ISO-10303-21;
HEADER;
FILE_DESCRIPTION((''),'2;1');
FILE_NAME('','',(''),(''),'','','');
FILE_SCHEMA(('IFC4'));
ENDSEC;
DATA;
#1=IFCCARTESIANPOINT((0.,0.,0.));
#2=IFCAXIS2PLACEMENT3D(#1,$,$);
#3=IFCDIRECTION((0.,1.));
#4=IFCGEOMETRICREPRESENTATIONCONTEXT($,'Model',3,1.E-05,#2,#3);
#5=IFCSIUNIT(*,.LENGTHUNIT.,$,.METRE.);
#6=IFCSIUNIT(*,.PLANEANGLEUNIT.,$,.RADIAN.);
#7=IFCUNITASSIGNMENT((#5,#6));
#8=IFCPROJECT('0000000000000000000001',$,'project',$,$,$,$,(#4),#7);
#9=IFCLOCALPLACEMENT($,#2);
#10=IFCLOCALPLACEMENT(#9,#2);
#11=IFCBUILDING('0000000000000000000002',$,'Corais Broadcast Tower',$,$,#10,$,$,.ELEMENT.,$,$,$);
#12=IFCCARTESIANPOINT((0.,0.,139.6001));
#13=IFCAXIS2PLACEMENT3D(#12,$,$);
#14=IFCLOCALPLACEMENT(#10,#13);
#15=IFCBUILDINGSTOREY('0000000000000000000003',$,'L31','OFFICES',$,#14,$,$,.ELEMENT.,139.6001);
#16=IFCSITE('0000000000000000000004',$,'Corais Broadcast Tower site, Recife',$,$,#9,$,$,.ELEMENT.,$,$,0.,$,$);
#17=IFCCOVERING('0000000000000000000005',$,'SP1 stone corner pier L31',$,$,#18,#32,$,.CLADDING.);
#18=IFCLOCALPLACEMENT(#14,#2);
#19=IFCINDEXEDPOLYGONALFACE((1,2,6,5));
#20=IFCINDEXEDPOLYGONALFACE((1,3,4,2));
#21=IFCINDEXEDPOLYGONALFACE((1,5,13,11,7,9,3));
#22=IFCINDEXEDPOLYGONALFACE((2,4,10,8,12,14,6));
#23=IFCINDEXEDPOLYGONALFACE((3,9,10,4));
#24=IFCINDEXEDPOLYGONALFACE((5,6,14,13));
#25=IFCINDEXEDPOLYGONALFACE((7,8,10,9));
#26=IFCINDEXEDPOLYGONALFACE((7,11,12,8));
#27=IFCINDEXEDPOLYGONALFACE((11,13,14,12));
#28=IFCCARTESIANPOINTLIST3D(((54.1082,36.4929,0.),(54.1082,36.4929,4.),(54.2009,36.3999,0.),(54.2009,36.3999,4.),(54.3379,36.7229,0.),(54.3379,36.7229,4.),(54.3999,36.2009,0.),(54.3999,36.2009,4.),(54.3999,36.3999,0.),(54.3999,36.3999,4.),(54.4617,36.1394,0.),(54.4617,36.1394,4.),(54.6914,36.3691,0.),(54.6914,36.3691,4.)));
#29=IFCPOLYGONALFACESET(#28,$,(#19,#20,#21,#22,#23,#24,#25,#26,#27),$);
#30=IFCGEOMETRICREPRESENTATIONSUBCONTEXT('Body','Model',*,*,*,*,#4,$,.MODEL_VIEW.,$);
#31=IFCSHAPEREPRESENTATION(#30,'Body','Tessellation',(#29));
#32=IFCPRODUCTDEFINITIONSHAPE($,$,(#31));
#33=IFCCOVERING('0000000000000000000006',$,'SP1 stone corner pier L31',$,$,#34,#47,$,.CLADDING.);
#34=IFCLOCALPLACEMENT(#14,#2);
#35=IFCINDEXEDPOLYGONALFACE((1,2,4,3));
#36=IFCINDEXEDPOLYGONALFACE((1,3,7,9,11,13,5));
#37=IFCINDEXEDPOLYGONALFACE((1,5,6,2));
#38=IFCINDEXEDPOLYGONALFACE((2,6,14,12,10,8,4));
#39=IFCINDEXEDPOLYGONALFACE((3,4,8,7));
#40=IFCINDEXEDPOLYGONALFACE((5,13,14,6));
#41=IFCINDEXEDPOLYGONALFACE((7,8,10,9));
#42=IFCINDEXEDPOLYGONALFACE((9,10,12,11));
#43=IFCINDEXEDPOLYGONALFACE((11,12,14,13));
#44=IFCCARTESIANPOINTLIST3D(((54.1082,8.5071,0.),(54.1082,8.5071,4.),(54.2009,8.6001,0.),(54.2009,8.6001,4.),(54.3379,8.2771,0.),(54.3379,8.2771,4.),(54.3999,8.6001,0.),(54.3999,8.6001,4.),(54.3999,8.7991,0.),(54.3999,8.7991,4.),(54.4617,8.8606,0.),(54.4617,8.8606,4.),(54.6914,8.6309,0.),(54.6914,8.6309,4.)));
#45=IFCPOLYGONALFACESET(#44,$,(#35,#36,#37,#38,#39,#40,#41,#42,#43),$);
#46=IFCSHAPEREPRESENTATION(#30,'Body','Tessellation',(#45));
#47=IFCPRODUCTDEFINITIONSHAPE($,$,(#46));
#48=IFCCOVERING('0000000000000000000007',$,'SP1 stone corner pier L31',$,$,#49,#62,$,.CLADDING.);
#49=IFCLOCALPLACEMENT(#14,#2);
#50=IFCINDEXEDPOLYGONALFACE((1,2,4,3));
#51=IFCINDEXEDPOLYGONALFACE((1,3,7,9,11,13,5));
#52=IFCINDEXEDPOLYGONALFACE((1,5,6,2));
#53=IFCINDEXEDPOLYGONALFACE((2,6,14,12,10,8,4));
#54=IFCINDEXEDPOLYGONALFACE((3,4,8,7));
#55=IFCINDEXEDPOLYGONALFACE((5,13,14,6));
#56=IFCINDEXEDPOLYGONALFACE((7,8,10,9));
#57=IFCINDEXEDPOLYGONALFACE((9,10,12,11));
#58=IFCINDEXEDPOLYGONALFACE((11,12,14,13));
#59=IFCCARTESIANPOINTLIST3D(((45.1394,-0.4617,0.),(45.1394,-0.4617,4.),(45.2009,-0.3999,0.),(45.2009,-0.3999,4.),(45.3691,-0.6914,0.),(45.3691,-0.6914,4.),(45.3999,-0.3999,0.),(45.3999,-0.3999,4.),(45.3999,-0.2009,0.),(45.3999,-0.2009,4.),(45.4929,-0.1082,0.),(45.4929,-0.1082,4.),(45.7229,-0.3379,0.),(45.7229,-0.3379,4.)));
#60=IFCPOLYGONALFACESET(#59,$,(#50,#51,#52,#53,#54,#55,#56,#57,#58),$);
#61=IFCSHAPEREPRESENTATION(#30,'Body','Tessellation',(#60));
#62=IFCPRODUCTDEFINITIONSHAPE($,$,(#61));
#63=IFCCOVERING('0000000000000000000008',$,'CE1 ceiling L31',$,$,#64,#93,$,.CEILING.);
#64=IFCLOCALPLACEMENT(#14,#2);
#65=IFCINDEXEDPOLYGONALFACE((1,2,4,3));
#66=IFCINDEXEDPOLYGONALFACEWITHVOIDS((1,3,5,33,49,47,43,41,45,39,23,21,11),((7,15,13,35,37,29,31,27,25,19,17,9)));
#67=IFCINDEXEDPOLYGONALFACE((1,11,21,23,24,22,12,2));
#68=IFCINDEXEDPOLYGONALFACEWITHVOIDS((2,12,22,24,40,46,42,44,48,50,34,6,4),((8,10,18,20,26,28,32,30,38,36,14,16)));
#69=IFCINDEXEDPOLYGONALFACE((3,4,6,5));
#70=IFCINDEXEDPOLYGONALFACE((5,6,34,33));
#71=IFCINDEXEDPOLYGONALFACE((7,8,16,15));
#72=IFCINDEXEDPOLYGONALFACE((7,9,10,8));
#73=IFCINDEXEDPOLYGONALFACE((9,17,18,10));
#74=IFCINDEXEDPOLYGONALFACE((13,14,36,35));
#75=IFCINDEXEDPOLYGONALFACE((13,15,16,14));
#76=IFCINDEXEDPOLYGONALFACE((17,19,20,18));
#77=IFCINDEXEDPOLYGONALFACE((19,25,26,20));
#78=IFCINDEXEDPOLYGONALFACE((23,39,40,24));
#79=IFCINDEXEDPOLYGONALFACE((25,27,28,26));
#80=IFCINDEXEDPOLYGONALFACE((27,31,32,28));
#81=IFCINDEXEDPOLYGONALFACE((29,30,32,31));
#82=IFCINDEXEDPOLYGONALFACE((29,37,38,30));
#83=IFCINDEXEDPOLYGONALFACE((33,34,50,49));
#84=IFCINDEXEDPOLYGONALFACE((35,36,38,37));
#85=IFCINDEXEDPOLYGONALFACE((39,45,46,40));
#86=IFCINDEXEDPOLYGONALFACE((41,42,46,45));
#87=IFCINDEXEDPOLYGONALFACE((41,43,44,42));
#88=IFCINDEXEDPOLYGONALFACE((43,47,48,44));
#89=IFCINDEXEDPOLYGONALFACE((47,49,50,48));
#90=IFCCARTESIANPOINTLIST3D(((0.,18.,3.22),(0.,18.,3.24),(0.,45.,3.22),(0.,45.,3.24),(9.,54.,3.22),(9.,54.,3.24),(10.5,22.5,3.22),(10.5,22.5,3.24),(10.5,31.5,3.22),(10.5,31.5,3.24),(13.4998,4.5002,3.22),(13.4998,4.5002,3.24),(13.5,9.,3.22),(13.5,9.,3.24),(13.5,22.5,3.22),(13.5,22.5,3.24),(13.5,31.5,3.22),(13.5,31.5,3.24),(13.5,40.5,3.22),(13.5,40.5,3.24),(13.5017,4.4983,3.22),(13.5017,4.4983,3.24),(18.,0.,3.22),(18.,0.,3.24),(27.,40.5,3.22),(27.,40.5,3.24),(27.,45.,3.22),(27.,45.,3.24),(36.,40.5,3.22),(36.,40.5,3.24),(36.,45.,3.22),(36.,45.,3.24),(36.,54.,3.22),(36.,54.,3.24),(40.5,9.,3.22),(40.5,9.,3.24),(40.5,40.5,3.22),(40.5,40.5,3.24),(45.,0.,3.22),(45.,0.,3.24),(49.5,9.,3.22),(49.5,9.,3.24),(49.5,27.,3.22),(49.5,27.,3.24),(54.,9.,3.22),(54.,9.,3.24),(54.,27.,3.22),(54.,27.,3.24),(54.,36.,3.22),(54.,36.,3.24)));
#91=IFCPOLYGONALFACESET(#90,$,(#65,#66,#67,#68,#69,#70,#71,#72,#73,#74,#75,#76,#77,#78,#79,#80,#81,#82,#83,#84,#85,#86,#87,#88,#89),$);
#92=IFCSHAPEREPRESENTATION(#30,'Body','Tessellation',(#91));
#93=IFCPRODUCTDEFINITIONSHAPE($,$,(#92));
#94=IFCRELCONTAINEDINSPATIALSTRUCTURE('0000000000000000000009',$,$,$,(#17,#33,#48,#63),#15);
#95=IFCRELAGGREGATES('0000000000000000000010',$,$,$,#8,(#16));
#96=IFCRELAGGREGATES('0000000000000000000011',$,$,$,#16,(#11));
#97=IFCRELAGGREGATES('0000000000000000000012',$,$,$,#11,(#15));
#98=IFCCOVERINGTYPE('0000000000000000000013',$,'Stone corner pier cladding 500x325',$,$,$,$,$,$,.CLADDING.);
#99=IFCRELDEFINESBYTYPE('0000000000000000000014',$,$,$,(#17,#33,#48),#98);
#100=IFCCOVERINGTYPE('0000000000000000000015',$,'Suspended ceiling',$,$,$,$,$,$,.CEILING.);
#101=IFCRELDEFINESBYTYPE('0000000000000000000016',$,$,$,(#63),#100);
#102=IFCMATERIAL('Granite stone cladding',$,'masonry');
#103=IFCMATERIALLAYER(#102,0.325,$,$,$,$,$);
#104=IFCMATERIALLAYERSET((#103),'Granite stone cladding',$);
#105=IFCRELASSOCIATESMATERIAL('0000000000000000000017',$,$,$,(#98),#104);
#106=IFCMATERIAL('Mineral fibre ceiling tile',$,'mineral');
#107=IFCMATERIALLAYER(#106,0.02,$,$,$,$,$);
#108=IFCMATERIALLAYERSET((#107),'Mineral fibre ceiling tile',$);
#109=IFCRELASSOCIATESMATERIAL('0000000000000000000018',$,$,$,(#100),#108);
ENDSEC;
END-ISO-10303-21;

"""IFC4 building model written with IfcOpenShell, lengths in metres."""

from ifc_helpers import new_model, si_unit, direction, frame, origin, place, context, subcontext, project, spatial, polyline, outline, extrude, material, layer, layer_set, type_object, element, save


model = new_model("IFC4")

# Units and contexts
model_context = context("Model", 3, precision=1e-05, world=origin(), true_north=direction((0.0, 1.0)))
body_context = subcontext(model_context, "Body", "Model", "MODEL_VIEW")
ifc_project = project(units=[si_unit("LENGTHUNIT", "METRE"), si_unit("PLANEANGLEUNIT", "RADIAN")], contexts=[model_context])

# Site, building, storey
site_placement = place(None, origin())
site = spatial("IfcSite", under=ifc_project, at=site_placement, Name="Corais Broadcast Tower site, Recife", CompositionType="ELEMENT", RefElevation=0.0)
building_placement = place(site_placement, origin())
building = spatial("IfcBuilding", under=site, at=building_placement, Name="Corais Broadcast Tower", CompositionType="ELEMENT")
storey_placement = place(building_placement, frame((0.0, 0.0, 139.6001)))
storey = spatial("IfcBuildingStorey", under=building, at=storey_placement, Name="L31", Description="OFFICES", CompositionType="ELEMENT", Elevation=139.6001)

# Coverings
ifc_material_1 = material(Name="Granite stone cladding", Category="masonry")
ifc_layer_1 = layer(ifc_material_1, 0.325)
ifc_layer_set_1 = layer_set([ifc_layer_1], Name="Granite stone cladding")
covering_type_1 = type_object("IfcCoveringType", Name="Stone corner pier cladding 500x325", PredefinedType="CLADDING", material=ifc_layer_set_1)
covering_1_placement = place(storey_placement, origin())
element("IfcCovering", 1, at=covering_1_placement, inside=storey, type_object=covering_type_1, Name="SP1 stone corner pier L31", PredefinedType="CLADDING", context=body_context, shape_type="SweptSolid", body=[
    extrude(outline(polyline([(54.3999, 36.2009), (54.4617, 36.1394), (54.6914, 36.3691), (54.3379, 36.7229), (54.1082, 36.4929), (54.2009, 36.3999), (54.3999, 36.3999), (54.3999, 36.2009)])), origin(), (0.0, 0.0, 1.0), 4.0),
])
covering_2_placement = place(storey_placement, origin())
element("IfcCovering", 2, at=covering_2_placement, inside=storey, type_object=covering_type_1, Name="SP1 stone corner pier L31", PredefinedType="CLADDING", context=body_context, shape_type="SweptSolid", body=[
    extrude(outline(polyline([(54.4617, 8.8606), (54.3999, 8.7991), (54.3999, 8.6001), (54.2009, 8.6001), (54.1082, 8.5071), (54.3379, 8.2771), (54.6914, 8.6309), (54.4617, 8.8606)])), origin(), (0.0, 0.0, 1.0), 4.0),
])
covering_3_placement = place(storey_placement, origin())
element("IfcCovering", 3, at=covering_3_placement, inside=storey, type_object=covering_type_1, Name="SP1 stone corner pier L31", PredefinedType="CLADDING", context=body_context, shape_type="SweptSolid", body=[
    extrude(outline(polyline([(45.2009, -0.3999), (45.1394, -0.4617), (45.3691, -0.6914), (45.7229, -0.3379), (45.4929, -0.1082), (45.3999, -0.2009), (45.3999, -0.3999), (45.2009, -0.3999)])), origin(), (0.0, 0.0, 1.0), 4.0),
])
ifc_material_2 = material(Name="Mineral fibre ceiling tile", Category="mineral")
ifc_layer_2 = layer(ifc_material_2, 0.02)
ifc_layer_set_2 = layer_set([ifc_layer_2], Name="Mineral fibre ceiling tile")
covering_type_2 = type_object("IfcCoveringType", Name="Suspended ceiling", PredefinedType="CEILING", material=ifc_layer_set_2)
covering_4_placement = place(storey_placement, frame((0.0, 0.0, 3.22)))
element("IfcCovering", 4, at=covering_4_placement, inside=storey, type_object=covering_type_2, Name="CE1 ceiling L31", PredefinedType="CEILING", context=body_context, shape_type="SweptSolid", body=[
    extrude(outline(polyline([(49.5, 9.0), (54.0, 9.0), (45.0, 0.0), (18.0, 0.0), (13.5017, 4.4983), (13.4998, 4.5002), (0.0, 18.0), (0.0, 45.0), (9.0, 54.0), (36.0, 54.0), (54.0, 36.0), (54.0, 27.0), (49.5, 27.0), (49.5, 9.0)]), holes=[polyline([(13.5, 31.5), (10.5, 31.5), (10.5, 22.5), (13.5, 22.5), (13.5, 9.0), (40.5, 9.0), (40.5, 40.5), (36.0, 40.5), (36.0, 45.0), (27.0, 45.0), (27.0, 40.5), (13.5, 40.5), (13.5, 31.5)])]), origin(), (0.0, 0.0, 1.0), 0.02),
])

save(model, "model.ifc")
